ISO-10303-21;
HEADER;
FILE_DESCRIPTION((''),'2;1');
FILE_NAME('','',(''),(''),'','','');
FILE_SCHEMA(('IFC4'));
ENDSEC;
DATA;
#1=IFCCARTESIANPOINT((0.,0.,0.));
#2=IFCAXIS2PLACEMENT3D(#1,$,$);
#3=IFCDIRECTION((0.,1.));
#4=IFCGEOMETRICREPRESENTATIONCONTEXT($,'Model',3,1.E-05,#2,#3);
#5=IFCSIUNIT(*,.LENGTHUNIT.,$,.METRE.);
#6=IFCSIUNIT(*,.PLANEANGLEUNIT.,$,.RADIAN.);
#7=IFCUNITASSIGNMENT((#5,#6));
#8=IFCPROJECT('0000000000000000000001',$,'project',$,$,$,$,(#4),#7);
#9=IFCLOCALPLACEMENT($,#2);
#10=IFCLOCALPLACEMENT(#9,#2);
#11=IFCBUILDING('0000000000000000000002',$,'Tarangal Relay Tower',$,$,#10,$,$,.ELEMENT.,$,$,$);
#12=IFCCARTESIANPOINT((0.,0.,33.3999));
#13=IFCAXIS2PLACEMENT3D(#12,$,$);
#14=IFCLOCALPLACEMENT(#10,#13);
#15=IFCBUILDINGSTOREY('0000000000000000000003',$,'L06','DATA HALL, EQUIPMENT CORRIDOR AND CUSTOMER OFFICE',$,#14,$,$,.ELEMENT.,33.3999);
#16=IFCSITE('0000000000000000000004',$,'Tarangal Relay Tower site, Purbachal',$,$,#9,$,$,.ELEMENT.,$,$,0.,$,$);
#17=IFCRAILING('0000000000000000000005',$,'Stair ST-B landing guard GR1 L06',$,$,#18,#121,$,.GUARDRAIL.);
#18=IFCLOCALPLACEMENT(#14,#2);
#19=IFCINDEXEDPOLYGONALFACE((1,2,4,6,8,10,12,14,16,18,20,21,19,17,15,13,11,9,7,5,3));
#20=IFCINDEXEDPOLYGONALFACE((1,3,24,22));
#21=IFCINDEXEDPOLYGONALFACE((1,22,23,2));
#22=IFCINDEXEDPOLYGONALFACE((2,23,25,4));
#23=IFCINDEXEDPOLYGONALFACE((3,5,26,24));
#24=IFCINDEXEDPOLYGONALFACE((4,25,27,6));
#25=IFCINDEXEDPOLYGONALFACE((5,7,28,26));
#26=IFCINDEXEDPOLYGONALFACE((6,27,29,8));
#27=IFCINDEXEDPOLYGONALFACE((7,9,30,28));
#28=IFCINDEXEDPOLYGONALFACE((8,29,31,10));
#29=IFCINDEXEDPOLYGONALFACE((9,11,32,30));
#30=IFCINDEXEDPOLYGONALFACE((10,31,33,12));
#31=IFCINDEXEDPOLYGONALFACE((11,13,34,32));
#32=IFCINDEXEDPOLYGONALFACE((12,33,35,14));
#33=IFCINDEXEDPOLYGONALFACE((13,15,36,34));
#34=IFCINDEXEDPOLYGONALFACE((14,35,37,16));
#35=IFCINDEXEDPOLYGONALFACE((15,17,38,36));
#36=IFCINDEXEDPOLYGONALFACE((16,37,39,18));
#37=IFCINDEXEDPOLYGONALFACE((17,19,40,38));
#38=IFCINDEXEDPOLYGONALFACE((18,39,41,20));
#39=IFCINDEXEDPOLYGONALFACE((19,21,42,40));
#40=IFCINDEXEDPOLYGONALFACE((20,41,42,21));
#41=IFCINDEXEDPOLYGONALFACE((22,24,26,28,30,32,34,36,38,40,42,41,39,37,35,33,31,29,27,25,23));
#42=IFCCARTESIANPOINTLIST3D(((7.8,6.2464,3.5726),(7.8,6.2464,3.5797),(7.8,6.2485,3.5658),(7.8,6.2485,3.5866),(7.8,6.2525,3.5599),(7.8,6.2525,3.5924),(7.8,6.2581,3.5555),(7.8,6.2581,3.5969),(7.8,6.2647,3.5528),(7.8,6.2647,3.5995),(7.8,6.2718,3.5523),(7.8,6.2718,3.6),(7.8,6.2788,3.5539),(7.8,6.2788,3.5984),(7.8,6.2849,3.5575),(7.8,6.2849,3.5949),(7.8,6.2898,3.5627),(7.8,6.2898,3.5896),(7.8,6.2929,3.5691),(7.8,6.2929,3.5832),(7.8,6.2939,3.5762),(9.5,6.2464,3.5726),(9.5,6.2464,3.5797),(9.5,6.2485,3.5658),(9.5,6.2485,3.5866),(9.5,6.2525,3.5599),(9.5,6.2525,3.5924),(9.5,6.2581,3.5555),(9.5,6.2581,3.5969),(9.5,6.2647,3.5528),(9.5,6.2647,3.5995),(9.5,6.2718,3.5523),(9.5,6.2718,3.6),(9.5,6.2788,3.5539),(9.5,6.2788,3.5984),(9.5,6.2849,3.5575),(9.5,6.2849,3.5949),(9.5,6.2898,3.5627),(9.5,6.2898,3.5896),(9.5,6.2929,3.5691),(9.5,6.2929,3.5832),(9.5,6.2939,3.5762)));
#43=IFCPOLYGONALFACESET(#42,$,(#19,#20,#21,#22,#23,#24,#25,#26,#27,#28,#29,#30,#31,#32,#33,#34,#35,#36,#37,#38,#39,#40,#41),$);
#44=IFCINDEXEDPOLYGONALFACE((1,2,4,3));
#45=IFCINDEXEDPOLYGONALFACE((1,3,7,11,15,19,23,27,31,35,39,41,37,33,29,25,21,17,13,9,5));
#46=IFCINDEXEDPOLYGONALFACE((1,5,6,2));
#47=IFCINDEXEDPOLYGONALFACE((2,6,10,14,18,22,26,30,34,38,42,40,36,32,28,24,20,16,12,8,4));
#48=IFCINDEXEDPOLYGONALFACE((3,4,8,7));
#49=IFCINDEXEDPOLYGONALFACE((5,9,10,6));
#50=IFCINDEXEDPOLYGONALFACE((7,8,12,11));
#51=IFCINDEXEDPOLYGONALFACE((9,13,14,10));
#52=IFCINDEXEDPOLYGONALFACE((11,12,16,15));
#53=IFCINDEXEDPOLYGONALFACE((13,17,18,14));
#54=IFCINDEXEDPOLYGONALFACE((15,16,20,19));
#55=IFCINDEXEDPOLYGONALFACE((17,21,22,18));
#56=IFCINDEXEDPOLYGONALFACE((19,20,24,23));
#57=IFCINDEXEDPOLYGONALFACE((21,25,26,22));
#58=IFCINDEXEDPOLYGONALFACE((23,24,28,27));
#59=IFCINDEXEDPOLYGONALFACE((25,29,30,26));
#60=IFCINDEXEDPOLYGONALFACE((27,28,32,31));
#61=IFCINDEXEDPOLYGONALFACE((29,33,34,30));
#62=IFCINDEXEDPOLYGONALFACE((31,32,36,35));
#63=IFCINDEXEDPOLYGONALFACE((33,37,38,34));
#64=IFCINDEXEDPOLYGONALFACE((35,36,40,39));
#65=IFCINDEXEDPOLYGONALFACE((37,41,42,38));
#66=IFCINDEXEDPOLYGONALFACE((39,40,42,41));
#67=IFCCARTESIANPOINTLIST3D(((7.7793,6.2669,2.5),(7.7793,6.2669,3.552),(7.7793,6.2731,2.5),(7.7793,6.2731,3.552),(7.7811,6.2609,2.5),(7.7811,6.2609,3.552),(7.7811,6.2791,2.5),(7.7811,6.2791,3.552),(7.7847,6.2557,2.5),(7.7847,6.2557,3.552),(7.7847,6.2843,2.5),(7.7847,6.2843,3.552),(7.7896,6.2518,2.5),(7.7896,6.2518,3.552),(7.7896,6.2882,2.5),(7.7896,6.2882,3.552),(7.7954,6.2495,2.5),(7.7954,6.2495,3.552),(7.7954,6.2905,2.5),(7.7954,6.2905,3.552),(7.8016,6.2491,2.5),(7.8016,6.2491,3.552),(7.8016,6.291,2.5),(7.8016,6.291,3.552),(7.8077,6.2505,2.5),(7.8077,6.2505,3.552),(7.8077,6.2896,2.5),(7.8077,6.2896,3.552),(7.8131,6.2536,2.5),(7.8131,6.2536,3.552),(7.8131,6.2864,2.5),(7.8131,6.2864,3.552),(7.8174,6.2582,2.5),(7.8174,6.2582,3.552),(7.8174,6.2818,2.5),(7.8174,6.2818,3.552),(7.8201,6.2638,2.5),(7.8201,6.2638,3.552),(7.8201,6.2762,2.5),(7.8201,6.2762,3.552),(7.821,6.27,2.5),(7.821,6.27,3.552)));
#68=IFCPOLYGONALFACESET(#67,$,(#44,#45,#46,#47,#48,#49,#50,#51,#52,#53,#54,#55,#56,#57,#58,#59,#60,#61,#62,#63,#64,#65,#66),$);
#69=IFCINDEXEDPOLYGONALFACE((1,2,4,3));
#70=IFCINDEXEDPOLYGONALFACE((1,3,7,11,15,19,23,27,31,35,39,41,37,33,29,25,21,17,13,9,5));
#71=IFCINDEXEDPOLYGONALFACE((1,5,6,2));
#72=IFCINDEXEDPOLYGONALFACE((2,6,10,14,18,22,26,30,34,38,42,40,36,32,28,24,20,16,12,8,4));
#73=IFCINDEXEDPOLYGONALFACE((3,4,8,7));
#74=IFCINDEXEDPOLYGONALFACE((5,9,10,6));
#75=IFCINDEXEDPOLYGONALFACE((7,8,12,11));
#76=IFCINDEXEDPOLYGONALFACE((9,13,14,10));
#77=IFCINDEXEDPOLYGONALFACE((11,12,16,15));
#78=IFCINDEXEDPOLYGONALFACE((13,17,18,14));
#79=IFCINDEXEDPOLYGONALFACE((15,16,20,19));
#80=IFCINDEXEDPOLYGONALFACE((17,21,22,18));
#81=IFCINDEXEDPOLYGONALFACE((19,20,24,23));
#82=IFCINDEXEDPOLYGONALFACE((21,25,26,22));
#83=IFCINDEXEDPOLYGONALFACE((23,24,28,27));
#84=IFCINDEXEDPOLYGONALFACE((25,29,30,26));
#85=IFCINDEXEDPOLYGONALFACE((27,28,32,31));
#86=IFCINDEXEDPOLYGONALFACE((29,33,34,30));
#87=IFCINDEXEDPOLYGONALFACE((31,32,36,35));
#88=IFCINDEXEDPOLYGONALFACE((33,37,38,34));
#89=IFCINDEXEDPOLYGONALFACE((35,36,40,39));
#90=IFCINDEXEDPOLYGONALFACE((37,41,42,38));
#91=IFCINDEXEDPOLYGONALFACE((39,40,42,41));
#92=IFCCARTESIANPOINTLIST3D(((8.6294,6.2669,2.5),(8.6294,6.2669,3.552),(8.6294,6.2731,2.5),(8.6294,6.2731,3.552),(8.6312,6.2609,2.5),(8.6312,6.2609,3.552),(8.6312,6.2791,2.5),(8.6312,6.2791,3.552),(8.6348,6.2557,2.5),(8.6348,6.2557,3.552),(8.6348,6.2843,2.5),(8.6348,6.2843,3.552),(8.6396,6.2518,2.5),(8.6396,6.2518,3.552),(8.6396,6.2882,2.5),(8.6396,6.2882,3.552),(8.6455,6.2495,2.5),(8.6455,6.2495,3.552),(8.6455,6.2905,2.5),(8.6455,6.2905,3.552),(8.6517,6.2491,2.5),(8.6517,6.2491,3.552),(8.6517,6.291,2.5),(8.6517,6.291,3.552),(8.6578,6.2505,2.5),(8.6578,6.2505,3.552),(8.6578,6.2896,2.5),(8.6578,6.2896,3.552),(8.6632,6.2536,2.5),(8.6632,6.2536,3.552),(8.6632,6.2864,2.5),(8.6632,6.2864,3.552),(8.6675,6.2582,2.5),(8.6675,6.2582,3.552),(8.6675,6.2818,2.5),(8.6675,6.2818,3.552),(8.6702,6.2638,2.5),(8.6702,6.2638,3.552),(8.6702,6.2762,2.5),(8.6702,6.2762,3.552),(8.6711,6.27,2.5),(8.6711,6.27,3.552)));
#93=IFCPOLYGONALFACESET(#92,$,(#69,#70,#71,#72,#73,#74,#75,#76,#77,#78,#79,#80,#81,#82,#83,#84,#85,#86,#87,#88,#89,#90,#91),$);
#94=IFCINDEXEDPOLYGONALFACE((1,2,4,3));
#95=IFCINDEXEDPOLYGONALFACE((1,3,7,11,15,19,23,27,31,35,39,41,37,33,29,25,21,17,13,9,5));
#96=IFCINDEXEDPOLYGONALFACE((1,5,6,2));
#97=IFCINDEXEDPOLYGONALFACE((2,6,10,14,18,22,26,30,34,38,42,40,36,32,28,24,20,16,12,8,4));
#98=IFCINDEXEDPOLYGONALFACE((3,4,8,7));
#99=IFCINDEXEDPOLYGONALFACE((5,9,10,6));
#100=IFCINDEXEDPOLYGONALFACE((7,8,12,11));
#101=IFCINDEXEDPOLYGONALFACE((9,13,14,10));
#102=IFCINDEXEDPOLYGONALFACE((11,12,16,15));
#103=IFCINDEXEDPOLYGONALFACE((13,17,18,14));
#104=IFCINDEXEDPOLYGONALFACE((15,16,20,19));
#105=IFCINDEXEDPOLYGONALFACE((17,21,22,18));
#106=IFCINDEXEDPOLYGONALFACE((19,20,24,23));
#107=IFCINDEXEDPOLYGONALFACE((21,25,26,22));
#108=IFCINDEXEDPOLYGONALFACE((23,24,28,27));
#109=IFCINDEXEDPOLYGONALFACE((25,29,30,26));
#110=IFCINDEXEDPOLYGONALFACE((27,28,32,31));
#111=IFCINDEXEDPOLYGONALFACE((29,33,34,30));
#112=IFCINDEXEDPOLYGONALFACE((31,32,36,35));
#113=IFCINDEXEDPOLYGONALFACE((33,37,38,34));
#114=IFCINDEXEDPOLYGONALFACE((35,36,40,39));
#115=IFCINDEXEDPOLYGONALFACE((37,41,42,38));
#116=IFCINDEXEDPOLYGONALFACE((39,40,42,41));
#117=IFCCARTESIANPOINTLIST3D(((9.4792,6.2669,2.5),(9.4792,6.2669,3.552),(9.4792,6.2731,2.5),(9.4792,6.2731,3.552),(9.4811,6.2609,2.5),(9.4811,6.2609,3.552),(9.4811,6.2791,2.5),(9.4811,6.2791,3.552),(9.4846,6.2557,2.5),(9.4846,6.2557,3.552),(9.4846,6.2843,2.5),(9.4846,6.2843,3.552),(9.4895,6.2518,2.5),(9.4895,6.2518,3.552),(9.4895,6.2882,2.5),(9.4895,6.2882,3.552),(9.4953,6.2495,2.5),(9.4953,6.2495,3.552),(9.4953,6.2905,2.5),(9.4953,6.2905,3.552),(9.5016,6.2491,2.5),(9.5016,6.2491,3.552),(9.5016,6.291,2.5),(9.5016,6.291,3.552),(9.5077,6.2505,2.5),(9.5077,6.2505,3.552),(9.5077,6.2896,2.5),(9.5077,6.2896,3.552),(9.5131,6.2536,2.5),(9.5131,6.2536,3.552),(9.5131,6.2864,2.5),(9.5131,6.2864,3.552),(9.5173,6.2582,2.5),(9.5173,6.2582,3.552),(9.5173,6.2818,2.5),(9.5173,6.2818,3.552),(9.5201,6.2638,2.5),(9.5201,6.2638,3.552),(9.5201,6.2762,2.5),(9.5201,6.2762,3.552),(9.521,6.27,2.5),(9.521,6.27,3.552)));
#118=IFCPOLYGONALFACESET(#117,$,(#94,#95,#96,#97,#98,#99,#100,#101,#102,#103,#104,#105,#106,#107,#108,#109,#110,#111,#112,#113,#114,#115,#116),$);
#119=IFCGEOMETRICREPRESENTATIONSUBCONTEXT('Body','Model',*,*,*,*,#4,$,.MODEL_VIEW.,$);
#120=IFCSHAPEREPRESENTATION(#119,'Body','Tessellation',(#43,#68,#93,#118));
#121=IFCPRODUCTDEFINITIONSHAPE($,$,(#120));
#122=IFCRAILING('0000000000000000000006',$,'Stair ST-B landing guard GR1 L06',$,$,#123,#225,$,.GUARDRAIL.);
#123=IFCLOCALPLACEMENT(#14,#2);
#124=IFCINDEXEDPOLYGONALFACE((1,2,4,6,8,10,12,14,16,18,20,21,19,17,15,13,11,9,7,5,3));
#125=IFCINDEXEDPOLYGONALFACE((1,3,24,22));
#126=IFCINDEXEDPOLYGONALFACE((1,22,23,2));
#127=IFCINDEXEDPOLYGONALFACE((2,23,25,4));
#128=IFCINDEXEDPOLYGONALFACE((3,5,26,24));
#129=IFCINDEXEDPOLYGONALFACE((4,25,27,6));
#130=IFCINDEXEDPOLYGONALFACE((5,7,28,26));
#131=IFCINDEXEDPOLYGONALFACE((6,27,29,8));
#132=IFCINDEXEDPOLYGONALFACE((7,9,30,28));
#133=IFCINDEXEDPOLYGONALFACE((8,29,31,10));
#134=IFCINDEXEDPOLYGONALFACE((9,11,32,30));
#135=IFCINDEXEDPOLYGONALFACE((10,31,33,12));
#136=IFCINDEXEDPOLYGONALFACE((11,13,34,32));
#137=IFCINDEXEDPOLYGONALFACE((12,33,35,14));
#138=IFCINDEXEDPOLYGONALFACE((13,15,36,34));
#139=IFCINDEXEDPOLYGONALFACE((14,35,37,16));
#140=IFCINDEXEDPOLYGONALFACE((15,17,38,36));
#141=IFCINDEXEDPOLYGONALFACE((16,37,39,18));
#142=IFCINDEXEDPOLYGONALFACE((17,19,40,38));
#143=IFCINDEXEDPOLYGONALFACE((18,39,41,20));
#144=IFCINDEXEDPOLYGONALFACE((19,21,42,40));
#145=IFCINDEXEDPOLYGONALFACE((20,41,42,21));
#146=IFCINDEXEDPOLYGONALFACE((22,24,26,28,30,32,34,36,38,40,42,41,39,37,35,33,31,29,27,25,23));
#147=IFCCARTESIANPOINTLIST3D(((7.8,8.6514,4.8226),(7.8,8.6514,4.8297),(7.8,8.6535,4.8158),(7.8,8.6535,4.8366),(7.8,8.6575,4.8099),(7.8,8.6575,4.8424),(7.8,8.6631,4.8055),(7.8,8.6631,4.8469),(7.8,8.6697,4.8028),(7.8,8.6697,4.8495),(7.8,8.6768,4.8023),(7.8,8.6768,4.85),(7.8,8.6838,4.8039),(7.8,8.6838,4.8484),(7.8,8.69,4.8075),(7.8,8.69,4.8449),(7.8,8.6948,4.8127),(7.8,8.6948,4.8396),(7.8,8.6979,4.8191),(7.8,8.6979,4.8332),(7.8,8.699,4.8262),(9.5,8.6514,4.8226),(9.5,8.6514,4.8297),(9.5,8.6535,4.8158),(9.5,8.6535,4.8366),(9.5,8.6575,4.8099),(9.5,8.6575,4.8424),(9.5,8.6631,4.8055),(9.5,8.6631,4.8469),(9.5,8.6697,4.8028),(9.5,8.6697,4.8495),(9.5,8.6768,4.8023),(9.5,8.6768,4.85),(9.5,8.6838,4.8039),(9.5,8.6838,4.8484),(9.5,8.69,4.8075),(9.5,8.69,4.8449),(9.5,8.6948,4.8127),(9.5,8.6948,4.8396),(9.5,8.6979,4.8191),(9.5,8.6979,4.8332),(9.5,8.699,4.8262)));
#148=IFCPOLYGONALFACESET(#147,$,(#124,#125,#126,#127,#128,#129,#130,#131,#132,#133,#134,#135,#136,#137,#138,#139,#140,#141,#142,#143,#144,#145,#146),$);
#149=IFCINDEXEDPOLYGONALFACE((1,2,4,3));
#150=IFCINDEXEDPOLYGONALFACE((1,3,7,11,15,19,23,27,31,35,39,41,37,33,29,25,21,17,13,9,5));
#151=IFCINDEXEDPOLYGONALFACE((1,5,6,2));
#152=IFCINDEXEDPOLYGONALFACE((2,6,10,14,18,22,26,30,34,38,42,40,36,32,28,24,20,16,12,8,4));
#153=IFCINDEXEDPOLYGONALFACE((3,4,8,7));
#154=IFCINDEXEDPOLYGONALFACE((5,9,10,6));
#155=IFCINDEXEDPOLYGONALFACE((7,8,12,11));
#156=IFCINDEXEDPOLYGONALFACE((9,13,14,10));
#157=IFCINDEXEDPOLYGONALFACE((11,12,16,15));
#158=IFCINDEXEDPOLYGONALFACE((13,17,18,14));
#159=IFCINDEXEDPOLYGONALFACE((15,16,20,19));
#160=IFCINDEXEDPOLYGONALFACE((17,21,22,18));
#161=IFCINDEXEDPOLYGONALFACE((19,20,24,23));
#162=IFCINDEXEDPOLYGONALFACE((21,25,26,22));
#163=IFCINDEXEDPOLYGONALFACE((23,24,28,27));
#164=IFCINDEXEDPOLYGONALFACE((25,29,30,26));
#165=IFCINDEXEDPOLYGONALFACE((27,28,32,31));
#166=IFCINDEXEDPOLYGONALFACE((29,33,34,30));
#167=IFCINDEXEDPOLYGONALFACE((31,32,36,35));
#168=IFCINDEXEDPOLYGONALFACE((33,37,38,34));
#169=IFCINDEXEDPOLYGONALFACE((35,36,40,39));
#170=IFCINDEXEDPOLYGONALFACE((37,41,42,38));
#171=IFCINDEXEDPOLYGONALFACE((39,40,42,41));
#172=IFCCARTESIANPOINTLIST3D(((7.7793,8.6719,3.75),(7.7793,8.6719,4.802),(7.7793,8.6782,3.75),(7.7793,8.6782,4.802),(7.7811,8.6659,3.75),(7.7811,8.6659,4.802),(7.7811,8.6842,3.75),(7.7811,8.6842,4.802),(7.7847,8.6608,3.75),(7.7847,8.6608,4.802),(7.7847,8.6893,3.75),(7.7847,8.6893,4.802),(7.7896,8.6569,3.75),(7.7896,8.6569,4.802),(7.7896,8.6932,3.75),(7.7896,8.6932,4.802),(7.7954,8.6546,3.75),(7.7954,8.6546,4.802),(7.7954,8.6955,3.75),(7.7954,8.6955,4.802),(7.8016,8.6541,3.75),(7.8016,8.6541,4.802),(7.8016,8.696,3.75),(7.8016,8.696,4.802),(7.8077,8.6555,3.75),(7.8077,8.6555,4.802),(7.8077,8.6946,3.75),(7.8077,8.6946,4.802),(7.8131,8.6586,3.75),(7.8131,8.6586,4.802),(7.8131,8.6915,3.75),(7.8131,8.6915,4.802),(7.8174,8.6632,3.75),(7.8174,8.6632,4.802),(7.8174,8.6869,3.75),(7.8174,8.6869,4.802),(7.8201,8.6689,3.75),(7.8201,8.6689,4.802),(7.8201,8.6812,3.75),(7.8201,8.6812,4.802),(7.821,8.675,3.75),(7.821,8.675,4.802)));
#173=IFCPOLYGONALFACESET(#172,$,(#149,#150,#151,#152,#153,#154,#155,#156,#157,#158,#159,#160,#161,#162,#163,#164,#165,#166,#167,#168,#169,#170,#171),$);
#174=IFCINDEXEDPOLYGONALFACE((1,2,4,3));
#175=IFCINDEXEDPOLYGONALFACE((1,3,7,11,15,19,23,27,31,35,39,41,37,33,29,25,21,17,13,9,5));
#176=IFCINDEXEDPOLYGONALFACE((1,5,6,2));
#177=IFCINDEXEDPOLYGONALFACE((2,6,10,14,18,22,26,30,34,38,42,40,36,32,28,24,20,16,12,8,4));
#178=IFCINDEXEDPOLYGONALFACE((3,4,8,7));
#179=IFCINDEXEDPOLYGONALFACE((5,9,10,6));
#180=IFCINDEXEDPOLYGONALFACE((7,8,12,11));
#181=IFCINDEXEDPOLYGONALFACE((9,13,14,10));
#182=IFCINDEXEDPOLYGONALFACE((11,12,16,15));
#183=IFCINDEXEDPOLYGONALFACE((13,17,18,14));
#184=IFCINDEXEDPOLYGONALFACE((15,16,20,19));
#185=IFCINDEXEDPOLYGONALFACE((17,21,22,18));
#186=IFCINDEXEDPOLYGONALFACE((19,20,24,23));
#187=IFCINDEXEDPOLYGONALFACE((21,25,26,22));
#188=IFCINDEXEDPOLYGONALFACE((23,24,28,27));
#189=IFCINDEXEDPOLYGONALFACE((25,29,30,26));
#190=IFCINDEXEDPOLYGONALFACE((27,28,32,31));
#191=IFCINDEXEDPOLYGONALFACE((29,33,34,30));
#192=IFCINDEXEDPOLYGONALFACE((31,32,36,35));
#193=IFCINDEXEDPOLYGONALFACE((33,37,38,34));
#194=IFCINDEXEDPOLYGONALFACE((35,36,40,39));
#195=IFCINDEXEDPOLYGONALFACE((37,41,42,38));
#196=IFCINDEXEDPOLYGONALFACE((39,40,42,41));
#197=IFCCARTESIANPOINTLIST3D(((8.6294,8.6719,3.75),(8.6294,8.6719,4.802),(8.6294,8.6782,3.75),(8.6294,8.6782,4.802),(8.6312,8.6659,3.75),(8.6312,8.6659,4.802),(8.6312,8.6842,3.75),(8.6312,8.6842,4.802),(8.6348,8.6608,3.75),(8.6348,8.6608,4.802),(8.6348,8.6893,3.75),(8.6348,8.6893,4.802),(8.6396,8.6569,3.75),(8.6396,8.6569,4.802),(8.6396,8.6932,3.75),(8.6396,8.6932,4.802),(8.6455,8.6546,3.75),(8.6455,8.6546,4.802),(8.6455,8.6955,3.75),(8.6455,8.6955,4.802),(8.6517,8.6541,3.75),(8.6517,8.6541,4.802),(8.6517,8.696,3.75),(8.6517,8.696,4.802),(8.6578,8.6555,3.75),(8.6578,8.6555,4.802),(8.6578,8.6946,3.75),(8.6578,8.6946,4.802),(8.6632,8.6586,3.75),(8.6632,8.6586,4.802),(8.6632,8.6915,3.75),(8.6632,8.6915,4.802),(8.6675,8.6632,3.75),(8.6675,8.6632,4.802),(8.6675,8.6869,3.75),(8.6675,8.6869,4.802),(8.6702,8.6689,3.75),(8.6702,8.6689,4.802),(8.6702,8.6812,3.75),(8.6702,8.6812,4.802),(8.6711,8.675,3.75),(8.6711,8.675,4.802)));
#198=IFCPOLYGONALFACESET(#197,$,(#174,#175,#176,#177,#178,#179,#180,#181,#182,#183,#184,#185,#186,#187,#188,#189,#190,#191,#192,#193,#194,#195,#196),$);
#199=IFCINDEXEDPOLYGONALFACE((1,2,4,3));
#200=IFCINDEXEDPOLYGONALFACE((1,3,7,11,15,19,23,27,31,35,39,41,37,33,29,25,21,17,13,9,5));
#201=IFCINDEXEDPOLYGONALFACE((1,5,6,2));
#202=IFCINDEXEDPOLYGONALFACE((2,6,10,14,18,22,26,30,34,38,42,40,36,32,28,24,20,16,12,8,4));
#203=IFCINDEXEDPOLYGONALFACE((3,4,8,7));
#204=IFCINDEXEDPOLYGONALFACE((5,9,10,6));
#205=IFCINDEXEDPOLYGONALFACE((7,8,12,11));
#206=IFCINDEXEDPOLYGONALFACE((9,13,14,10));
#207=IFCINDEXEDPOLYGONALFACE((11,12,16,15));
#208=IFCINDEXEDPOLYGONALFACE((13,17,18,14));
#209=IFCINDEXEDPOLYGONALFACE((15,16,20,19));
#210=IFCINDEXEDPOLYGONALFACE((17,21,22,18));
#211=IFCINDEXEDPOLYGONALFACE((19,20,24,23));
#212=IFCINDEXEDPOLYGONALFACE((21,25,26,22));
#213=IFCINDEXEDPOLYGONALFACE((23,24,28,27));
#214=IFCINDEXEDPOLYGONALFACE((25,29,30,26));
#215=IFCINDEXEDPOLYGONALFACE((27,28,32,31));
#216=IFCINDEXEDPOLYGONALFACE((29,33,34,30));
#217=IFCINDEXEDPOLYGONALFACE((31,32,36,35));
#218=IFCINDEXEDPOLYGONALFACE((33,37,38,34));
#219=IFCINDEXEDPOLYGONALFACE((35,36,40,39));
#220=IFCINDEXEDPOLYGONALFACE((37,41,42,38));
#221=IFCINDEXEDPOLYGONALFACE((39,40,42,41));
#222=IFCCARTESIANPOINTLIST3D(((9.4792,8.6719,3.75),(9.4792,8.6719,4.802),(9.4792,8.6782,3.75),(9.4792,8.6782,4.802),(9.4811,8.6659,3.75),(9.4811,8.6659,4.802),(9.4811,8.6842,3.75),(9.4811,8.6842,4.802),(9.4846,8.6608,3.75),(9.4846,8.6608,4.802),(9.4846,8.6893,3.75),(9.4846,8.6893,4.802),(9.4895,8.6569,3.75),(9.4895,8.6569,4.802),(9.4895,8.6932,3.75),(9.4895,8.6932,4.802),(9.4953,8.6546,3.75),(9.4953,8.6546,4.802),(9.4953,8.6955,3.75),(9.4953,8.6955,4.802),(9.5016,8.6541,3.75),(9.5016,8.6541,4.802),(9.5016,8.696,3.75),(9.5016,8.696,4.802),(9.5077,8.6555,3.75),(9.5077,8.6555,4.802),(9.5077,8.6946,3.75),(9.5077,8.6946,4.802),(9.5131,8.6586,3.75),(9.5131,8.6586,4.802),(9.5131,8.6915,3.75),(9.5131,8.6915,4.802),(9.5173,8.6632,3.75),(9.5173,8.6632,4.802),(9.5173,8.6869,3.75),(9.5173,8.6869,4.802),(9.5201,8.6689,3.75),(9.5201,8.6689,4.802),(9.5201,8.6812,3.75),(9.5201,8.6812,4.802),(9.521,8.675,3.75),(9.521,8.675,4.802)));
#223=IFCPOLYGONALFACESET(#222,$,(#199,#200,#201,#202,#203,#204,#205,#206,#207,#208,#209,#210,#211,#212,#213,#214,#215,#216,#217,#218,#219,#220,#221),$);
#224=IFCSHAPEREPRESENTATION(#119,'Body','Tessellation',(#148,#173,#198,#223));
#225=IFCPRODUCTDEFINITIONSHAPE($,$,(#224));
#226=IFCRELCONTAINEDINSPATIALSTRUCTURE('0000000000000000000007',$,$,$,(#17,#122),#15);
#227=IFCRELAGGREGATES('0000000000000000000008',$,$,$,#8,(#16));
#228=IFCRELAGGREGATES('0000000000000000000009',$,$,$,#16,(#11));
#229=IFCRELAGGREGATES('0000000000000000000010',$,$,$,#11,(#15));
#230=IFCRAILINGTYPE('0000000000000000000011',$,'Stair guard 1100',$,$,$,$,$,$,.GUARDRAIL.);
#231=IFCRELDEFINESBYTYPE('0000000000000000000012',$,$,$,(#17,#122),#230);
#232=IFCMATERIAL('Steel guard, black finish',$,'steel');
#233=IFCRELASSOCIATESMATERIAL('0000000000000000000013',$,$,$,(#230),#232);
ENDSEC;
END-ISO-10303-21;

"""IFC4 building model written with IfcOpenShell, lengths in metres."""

from ifc_helpers import new_model, si_unit, direction, frame, origin, origin_2d, place, context, subcontext, project, spatial, circle, extrude, material, type_object, element, save


model = new_model("IFC4")

# Units and contexts
model_context = context("Model", 3, precision=1e-05, world=origin(), true_north=direction((0.0, 1.0)))
body_context = subcontext(model_context, "Body", "Model", "MODEL_VIEW")
ifc_project = project(units=[si_unit("LENGTHUNIT", "METRE"), si_unit("PLANEANGLEUNIT", "RADIAN")], contexts=[model_context])

# Site, building, storey
site_placement = place(None, origin())
site = spatial("IfcSite", under=ifc_project, at=site_placement, Name="Tarangal Relay Tower site, Purbachal", CompositionType="ELEMENT", RefElevation=0.0)
building_placement = place(site_placement, origin())
building = spatial("IfcBuilding", under=site, at=building_placement, Name="Tarangal Relay Tower", CompositionType="ELEMENT")
storey_placement = place(building_placement, frame((0.0, 0.0, 33.3999)))
storey = spatial("IfcBuildingStorey", under=building, at=storey_placement, Name="L06", Description="DATA HALL, EQUIPMENT CORRIDOR AND CUSTOMER OFFICE", CompositionType="ELEMENT", Elevation=33.3999)

# Railings
ifc_material_1 = material(Name="Steel guard, black finish", Category="steel")
railing_type_1 = type_object("IfcRailingType", Name="Stair guard 1100", PredefinedType="GUARDRAIL", material=ifc_material_1)
for number, where, name in (
    (1, (7.8, 6.27, 2.5), "Stair ST-B landing guard GR1 L06"),
    (2, (7.8, 8.675, 3.75), "Stair ST-B landing guard GR1 L06"),
):
    element("IfcRailing", number, at=place(storey_placement, frame(where)), inside=storey, type_object=railing_type_1, Name=name, PredefinedType="GUARDRAIL", context=body_context, shape_type="SweptSolid", body=[
        extrude(circle(Radius=0.0239, at=origin_2d()), frame((0.0, 0.0, 1.0762), z_axis=(1.0, 0.0, 0.0), x_axis=(0.0, 1.0, 0.0)), (0.0, 0.0, 1.0), 1.7),
        extrude(circle(Radius=0.021, at=origin_2d()), origin(), (0.0, 0.0, 1.0), 1.052),
        extrude(circle(Radius=0.021, at=origin_2d()), frame((0.8501, 0.0, 0.0)), (0.0, 0.0, 1.0), 1.052),
        extrude(circle(Radius=0.021, at=origin_2d()), frame((1.7, 0.0, 0.0)), (0.0, 0.0, 1.0), 1.052),
    ])

save(model, "model.ifc")
